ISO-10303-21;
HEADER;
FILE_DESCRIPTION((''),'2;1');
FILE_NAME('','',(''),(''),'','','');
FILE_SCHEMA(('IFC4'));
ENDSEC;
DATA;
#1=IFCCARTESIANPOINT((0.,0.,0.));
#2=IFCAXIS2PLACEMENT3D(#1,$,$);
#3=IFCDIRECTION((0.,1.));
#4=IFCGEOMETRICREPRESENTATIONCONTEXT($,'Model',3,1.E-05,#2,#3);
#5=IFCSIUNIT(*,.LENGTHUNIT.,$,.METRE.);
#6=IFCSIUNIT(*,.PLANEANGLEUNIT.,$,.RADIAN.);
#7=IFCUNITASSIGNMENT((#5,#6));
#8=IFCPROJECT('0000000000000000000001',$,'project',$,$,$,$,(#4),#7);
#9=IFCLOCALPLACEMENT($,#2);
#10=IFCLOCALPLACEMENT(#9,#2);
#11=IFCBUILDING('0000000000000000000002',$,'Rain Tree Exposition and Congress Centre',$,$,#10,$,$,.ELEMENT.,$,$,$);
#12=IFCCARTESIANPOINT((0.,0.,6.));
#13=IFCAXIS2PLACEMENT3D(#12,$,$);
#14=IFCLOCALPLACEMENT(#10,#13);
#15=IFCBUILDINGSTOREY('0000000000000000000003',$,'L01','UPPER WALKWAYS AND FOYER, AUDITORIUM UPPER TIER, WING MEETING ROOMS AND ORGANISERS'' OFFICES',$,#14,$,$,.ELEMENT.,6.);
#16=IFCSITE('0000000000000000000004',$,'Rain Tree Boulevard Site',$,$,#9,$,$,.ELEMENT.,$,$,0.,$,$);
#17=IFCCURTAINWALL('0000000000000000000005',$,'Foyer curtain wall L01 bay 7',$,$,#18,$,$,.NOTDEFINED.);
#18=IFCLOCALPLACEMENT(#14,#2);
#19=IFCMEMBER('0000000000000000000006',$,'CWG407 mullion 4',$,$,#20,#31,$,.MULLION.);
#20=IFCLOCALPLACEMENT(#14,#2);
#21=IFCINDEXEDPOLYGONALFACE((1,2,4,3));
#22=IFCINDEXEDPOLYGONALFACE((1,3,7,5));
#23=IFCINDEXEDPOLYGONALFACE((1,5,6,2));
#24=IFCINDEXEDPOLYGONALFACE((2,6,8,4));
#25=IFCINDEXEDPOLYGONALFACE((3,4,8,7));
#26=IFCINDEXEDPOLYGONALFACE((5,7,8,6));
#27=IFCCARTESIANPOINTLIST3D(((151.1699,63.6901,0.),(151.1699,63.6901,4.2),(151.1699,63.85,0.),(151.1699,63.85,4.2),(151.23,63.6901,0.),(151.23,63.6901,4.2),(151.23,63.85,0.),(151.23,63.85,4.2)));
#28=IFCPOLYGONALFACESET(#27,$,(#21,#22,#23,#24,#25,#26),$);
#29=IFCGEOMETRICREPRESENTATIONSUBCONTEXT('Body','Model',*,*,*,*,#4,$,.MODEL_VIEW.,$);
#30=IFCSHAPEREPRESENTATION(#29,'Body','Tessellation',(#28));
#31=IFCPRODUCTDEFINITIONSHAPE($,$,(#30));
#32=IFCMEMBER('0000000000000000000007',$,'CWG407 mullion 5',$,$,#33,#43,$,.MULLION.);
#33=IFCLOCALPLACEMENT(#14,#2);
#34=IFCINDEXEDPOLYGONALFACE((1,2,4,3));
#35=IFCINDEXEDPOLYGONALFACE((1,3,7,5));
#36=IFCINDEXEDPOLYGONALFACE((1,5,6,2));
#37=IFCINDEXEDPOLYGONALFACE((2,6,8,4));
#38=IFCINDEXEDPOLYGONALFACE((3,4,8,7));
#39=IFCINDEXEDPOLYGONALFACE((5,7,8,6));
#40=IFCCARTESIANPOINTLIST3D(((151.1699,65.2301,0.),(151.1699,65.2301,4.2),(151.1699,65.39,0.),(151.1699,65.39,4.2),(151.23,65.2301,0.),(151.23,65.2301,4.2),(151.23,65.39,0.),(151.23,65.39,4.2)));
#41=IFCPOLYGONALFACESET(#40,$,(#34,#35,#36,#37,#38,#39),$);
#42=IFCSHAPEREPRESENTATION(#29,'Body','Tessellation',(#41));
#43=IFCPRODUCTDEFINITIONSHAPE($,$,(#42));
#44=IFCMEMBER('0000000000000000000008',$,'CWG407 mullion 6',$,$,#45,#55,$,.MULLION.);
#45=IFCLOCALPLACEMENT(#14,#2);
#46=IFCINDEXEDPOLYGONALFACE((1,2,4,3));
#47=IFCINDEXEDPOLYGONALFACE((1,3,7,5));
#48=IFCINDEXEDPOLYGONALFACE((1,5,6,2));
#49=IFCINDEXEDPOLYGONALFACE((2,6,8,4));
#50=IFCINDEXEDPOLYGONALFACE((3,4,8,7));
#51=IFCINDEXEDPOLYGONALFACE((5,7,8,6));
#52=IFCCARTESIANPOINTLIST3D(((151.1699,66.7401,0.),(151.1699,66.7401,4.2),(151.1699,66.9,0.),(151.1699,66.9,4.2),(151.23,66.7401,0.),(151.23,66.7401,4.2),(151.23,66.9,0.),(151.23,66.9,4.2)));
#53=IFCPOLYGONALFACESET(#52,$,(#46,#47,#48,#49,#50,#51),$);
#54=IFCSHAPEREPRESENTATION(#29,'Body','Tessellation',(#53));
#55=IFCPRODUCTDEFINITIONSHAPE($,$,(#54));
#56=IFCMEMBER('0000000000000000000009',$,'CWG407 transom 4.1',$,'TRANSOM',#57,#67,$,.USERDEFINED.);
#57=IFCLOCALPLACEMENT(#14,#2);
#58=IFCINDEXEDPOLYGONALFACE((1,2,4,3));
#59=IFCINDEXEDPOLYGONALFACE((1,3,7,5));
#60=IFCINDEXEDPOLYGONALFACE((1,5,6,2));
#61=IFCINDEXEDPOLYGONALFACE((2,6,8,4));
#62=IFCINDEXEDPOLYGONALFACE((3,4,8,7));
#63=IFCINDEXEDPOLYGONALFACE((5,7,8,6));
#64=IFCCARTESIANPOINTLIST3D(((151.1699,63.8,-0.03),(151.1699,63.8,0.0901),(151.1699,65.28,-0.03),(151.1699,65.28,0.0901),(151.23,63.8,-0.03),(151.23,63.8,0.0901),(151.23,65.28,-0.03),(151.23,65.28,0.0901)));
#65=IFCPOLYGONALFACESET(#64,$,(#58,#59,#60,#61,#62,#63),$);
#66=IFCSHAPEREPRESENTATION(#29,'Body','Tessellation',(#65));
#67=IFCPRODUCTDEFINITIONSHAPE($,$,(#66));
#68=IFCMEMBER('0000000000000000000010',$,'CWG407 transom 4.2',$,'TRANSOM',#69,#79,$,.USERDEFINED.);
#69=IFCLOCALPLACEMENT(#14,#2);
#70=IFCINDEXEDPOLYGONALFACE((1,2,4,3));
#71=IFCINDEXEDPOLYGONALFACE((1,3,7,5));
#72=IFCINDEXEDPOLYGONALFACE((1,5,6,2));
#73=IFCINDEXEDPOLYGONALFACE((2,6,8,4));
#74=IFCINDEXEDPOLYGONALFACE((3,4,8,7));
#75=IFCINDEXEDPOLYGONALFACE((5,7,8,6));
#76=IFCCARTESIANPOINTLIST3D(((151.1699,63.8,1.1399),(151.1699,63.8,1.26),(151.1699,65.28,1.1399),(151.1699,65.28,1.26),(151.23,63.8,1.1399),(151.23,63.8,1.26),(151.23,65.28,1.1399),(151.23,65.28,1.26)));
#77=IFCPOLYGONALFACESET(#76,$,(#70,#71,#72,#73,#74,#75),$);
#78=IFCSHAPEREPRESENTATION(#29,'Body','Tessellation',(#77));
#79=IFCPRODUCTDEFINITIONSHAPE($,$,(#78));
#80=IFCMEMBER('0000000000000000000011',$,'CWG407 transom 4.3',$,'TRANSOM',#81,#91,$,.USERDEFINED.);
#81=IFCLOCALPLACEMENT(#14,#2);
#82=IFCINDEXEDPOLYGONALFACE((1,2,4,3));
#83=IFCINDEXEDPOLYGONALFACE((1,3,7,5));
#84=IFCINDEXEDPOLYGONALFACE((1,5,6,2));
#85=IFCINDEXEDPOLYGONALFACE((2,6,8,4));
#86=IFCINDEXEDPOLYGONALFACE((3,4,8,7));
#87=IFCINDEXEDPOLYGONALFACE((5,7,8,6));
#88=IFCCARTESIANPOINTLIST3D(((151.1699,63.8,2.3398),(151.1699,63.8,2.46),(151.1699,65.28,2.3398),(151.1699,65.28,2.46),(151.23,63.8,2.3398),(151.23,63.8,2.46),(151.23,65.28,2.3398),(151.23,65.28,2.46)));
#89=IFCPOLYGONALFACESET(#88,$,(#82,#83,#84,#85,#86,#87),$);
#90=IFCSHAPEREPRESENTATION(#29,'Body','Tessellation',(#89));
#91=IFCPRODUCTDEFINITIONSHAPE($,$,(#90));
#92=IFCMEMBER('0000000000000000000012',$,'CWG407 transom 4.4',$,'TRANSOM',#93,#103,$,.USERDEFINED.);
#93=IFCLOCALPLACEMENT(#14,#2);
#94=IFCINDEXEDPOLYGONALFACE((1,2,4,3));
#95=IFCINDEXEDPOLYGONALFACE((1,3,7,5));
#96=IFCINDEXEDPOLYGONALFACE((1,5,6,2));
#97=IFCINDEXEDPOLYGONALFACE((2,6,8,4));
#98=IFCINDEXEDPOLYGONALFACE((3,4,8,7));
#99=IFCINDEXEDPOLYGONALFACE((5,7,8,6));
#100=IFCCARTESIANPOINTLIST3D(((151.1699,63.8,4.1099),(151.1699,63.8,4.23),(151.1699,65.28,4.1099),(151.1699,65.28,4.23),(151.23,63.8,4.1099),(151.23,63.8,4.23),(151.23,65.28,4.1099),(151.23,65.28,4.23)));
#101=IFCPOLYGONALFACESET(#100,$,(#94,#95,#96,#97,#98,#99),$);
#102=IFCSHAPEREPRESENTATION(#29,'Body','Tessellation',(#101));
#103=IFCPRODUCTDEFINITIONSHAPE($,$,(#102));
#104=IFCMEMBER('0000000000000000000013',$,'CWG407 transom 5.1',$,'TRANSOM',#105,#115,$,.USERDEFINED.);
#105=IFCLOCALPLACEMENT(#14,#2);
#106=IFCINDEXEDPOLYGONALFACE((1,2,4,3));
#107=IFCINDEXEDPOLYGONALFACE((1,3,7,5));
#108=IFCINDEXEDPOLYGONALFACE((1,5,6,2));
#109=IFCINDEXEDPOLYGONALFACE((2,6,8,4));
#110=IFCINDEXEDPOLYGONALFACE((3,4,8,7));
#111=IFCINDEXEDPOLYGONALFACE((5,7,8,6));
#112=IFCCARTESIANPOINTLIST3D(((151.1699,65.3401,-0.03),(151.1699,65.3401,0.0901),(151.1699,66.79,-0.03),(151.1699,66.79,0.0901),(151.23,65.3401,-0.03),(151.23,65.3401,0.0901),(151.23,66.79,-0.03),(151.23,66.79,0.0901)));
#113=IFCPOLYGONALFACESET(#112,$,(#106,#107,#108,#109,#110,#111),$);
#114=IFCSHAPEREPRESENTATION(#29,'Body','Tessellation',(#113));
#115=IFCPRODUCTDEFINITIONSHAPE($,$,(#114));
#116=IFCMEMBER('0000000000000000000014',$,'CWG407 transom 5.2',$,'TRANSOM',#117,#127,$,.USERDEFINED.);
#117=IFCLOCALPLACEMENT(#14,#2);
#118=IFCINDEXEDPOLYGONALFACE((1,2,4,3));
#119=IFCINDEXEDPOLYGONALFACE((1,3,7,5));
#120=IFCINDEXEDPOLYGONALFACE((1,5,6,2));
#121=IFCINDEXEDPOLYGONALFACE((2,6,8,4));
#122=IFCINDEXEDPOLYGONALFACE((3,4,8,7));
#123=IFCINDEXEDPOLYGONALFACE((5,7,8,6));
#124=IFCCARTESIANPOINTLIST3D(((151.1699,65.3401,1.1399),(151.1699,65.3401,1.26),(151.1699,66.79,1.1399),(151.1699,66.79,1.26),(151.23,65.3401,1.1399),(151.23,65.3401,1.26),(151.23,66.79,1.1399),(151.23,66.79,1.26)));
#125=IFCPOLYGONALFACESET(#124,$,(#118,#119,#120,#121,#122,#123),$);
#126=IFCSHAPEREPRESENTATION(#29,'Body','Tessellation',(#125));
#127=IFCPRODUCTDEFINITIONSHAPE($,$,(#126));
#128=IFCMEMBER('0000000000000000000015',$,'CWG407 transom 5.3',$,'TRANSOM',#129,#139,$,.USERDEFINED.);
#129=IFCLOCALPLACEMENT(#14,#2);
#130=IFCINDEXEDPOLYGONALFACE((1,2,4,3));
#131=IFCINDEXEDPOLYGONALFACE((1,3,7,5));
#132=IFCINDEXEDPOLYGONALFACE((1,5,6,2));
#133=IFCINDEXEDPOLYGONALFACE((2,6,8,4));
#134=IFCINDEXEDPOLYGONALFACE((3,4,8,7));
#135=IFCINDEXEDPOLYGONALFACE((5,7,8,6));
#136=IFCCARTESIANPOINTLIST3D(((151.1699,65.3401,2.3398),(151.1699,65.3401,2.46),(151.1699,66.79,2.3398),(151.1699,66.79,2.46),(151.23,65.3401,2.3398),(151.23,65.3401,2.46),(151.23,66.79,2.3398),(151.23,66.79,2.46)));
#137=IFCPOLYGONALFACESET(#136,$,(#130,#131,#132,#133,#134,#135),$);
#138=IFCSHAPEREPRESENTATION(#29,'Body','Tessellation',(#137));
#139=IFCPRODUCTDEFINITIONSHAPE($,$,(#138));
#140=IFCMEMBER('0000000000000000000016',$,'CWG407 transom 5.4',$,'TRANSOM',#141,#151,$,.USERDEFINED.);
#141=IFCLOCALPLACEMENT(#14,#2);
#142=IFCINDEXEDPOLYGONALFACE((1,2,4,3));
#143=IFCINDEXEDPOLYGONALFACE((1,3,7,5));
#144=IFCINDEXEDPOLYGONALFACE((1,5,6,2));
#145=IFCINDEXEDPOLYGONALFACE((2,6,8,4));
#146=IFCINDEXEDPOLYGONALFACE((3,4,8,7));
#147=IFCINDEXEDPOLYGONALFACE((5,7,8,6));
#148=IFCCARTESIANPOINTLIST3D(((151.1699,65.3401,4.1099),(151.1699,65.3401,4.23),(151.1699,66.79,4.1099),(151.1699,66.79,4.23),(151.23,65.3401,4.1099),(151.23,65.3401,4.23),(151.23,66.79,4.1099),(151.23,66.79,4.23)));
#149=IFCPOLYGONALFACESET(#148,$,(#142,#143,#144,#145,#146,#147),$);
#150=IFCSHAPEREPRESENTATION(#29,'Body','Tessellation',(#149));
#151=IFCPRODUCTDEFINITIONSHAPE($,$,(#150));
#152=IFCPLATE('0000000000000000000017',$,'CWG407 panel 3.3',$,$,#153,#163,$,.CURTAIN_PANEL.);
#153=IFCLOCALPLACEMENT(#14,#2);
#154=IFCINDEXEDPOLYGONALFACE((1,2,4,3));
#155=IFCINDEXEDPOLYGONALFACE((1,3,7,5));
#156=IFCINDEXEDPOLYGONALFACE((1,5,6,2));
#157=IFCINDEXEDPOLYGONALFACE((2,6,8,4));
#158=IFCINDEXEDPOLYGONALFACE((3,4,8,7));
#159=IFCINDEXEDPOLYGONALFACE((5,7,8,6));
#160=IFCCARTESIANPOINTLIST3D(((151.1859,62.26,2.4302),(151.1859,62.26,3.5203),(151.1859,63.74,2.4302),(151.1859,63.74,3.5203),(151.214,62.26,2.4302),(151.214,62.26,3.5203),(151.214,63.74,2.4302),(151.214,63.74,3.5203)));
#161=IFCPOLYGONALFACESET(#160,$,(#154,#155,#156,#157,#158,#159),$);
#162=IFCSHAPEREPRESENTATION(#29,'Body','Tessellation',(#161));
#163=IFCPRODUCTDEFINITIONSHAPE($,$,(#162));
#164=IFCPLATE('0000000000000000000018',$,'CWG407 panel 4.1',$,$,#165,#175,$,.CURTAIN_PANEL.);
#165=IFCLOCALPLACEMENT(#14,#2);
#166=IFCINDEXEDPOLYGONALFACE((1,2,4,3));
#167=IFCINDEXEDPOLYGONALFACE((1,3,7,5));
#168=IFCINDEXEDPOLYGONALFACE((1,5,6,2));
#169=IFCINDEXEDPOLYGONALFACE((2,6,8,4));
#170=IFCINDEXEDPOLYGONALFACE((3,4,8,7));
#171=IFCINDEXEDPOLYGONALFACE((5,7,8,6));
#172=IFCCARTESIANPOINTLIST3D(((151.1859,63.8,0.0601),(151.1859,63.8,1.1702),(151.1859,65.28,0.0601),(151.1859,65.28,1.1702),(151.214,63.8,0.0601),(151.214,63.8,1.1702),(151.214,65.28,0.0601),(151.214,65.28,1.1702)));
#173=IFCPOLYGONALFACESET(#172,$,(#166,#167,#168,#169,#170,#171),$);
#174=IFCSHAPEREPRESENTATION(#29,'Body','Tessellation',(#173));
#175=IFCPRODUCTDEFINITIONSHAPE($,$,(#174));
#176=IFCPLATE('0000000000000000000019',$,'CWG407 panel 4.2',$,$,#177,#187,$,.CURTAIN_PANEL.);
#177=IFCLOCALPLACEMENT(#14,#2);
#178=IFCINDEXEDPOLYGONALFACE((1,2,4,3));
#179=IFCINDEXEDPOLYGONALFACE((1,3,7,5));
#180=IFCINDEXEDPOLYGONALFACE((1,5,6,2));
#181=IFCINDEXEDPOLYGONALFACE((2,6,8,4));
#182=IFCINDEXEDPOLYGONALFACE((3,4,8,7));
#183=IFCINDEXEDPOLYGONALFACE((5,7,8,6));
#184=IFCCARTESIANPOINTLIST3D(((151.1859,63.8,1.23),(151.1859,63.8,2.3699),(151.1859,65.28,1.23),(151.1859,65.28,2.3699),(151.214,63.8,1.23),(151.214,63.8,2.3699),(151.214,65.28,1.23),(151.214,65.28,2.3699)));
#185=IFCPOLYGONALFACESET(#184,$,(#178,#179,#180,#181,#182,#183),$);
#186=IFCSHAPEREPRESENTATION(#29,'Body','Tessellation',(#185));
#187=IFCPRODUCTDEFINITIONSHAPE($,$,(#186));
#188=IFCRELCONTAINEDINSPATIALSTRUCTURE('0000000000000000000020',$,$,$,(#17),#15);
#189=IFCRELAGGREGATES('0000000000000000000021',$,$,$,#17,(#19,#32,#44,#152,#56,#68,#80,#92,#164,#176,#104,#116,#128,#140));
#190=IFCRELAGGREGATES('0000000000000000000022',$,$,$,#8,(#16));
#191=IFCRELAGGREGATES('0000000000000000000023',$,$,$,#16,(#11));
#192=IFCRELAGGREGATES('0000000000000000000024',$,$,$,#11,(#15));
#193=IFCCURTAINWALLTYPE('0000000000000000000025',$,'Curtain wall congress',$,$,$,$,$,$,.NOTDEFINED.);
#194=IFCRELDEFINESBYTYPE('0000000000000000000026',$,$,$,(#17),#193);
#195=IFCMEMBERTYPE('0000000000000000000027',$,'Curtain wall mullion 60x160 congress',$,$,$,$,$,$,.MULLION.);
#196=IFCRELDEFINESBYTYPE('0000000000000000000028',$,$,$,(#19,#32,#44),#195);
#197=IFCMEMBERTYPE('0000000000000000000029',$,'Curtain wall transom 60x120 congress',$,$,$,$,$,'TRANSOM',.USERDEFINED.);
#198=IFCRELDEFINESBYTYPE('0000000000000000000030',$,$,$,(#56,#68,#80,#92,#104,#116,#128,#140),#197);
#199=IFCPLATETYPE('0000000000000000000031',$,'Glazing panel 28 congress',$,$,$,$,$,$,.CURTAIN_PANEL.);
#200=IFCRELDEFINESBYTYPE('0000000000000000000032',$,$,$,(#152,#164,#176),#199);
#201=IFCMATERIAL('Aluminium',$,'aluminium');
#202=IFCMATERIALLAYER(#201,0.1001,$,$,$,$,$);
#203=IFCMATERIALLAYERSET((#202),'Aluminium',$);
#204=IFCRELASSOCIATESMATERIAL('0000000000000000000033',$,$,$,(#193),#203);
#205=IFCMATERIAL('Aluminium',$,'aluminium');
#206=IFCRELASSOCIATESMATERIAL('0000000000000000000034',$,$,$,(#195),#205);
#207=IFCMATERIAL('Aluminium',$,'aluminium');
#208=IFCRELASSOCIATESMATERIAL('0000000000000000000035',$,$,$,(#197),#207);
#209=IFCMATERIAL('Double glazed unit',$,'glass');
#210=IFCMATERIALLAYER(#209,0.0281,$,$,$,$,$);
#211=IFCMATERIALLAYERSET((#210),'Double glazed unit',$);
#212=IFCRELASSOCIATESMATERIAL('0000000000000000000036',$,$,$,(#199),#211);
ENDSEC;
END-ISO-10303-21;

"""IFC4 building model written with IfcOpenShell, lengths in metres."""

from ifc_helpers import new_model, si_unit, direction, frame, origin, origin_2d, place, context, subcontext, project, spatial, rectangle, extrude, material, layer, layer_set, material_profile, profile_set, type_object, element, aggregate, save


model = new_model("IFC4")

# Units and contexts
model_context = context("Model", 3, precision=1e-05, world=origin(), true_north=direction((0.0, 1.0)))
body_context = subcontext(model_context, "Body", "Model", "MODEL_VIEW")
ifc_project = project(units=[si_unit("LENGTHUNIT", "METRE"), si_unit("PLANEANGLEUNIT", "RADIAN")], contexts=[model_context])

# Site, building, storey
site_placement = place(None, origin())
site = spatial("IfcSite", under=ifc_project, at=site_placement, Name="Rain Tree Boulevard Site", CompositionType="ELEMENT", RefElevation=0.0)
building_placement = place(site_placement, origin())
building = spatial("IfcBuilding", under=site, at=building_placement, Name="Rain Tree Exposition and Congress Centre", CompositionType="ELEMENT")
storey_placement = place(building_placement, frame((0.0, 0.0, 6.0)))
storey = spatial("IfcBuildingStorey", under=building, at=storey_placement, Name="L01", Description="UPPER WALKWAYS AND FOYER, AUDITORIUM UPPER TIER, WING MEETING ROOMS AND ORGANISERS' OFFICES", CompositionType="ELEMENT", Elevation=6.0)

# Curtain wall, members, plates
ifc_material_1 = material(Name="Aluminium", Category="aluminium")
ifc_layer_1 = layer(ifc_material_1, 0.1001)
ifc_layer_set_1 = layer_set([ifc_layer_1], Name="Aluminium")
curtain_wall_type = type_object("IfcCurtainWallType", Name="Curtain wall congress", PredefinedType="NOTDEFINED", material=ifc_layer_set_1)
curtain_wall_placement = place(storey_placement, origin())
curtain_wall = element("IfcCurtainWall", 1, at=curtain_wall_placement, inside=storey, type_object=curtain_wall_type, Name="Foyer curtain wall L01 bay 7", PredefinedType="NOTDEFINED")
ifc_material_2 = material(Name="Aluminium", Category="aluminium")
ifc_material_profile_1 = material_profile(ifc_material_2, rectangle(XDim=0.0601, YDim=0.1599, at=origin_2d()), Name="AL 60x160")
ifc_profile_set_1 = profile_set([ifc_material_profile_1], Name="Aluminium")
member_type_1 = type_object("IfcMemberType", Name="Curtain wall mullion 60x160 congress", PredefinedType="MULLION", material=ifc_profile_set_1)
member_1_placement = place(storey_placement, frame((151.2, 63.77, 0.0), z_axis=(0.0, 0.0, 1.0), x_axis=(-1.0, 0.0, 0.0)))
member_1 = element("IfcMember", 2, at=member_1_placement, type_object=member_type_1, Name="CWG407 mullion 4", PredefinedType="MULLION", context=body_context, shape_type="SweptSolid", body=[
    extrude(rectangle(XDim=0.0601, YDim=0.1599, at=origin_2d()), origin(), (0.0, 0.0, 1.0), 4.2),
])
member_2_placement = place(storey_placement, frame((151.2, 65.3101, 0.0), z_axis=(0.0, 0.0, 1.0), x_axis=(-1.0, 0.0, 0.0)))
member_2 = element("IfcMember", 3, at=member_2_placement, type_object=member_type_1, Name="CWG407 mullion 5", PredefinedType="MULLION", context=body_context, shape_type="SweptSolid", body=[
    extrude(rectangle(XDim=0.0601, YDim=0.1599, at=origin_2d()), origin(), (0.0, 0.0, 1.0), 4.2),
])
member_3_placement = place(storey_placement, frame((151.2, 66.8201, 0.0), z_axis=(0.0, 0.0, 1.0), x_axis=(-1.0, 0.0, 0.0)))
member_3 = element("IfcMember", 4, at=member_3_placement, type_object=member_type_1, Name="CWG407 mullion 6", PredefinedType="MULLION", context=body_context, shape_type="SweptSolid", body=[
    extrude(rectangle(XDim=0.0601, YDim=0.1599, at=origin_2d()), origin(), (0.0, 0.0, 1.0), 4.2),
])
ifc_material_3 = material(Name="Aluminium", Category="aluminium")
ifc_material_profile_2 = material_profile(ifc_material_3, rectangle(XDim=0.0601, YDim=0.1201, at=origin_2d()), Name="AL 60x120")
ifc_profile_set_2 = profile_set([ifc_material_profile_2], Name="Aluminium")
member_type_2 = type_object("IfcMemberType", Name="Curtain wall transom 60x120 congress", ElementType="TRANSOM", PredefinedType="USERDEFINED", material=ifc_profile_set_2)
member_4_placement = place(storey_placement, frame((151.2, 63.8, 0.03), z_axis=(0.0, 1.0, 0.0), x_axis=(-1.0, 0.0, 0.0)))
member_4 = element("IfcMember", 5, at=member_4_placement, type_object=member_type_2, Name="CWG407 transom 4.1", ObjectType="TRANSOM", PredefinedType="USERDEFINED", context=body_context, shape_type="SweptSolid", body=[
    extrude(rectangle(XDim=0.0601, YDim=0.1201, at=origin_2d()), origin(), (0.0, 0.0, 1.0), 1.48),
])
member_5_placement = place(storey_placement, frame((151.2, 63.8, 1.2), z_axis=(0.0, 1.0, 0.0), x_axis=(-1.0, 0.0, 0.0)))
member_5 = element("IfcMember", 6, at=member_5_placement, type_object=member_type_2, Name="CWG407 transom 4.2", ObjectType="TRANSOM", PredefinedType="USERDEFINED", context=body_context, shape_type="SweptSolid", body=[
    extrude(rectangle(XDim=0.0601, YDim=0.1201, at=origin_2d()), origin(), (0.0, 0.0, 1.0), 1.48),
])
member_6_placement = place(storey_placement, frame((151.2, 63.8, 2.3999), z_axis=(0.0, 1.0, 0.0), x_axis=(-1.0, 0.0, 0.0)))
member_6 = element("IfcMember", 7, at=member_6_placement, type_object=member_type_2, Name="CWG407 transom 4.3", ObjectType="TRANSOM", PredefinedType="USERDEFINED", context=body_context, shape_type="SweptSolid", body=[
    extrude(rectangle(XDim=0.0601, YDim=0.1201, at=origin_2d()), origin(), (0.0, 0.0, 1.0), 1.48),
])
member_7_placement = place(storey_placement, frame((151.2, 63.8, 4.1699), z_axis=(0.0, 1.0, 0.0), x_axis=(-1.0, 0.0, 0.0)))
member_7 = element("IfcMember", 8, at=member_7_placement, type_object=member_type_2, Name="CWG407 transom 4.4", ObjectType="TRANSOM", PredefinedType="USERDEFINED", context=body_context, shape_type="SweptSolid", body=[
    extrude(rectangle(XDim=0.0601, YDim=0.1201, at=origin_2d()), origin(), (0.0, 0.0, 1.0), 1.48),
])
member_8_placement = place(storey_placement, frame((151.2, 65.3401, 0.03), z_axis=(0.0, 1.0, 0.0), x_axis=(-1.0, 0.0, 0.0)))
member_8 = element("IfcMember", 9, at=member_8_placement, type_object=member_type_2, Name="CWG407 transom 5.1", ObjectType="TRANSOM", PredefinedType="USERDEFINED", context=body_context, shape_type="SweptSolid", body=[
    extrude(rectangle(XDim=0.0601, YDim=0.1201, at=origin_2d()), origin(), (0.0, 0.0, 1.0), 1.45),
])
member_9_placement = place(storey_placement, frame((151.2, 65.3401, 1.2), z_axis=(0.0, 1.0, 0.0), x_axis=(-1.0, 0.0, 0.0)))
member_9 = element("IfcMember", 10, at=member_9_placement, type_object=member_type_2, Name="CWG407 transom 5.2", ObjectType="TRANSOM", PredefinedType="USERDEFINED", context=body_context, shape_type="SweptSolid", body=[
    extrude(rectangle(XDim=0.0601, YDim=0.1201, at=origin_2d()), origin(), (0.0, 0.0, 1.0), 1.45),
])
member_10_placement = place(storey_placement, frame((151.2, 65.3401, 2.3999), z_axis=(0.0, 1.0, 0.0), x_axis=(-1.0, 0.0, 0.0)))
member_10 = element("IfcMember", 11, at=member_10_placement, type_object=member_type_2, Name="CWG407 transom 5.3", ObjectType="TRANSOM", PredefinedType="USERDEFINED", context=body_context, shape_type="SweptSolid", body=[
    extrude(rectangle(XDim=0.0601, YDim=0.1201, at=origin_2d()), origin(), (0.0, 0.0, 1.0), 1.45),
])
member_11_placement = place(storey_placement, frame((151.2, 65.3401, 4.1699), z_axis=(0.0, 1.0, 0.0), x_axis=(-1.0, 0.0, 0.0)))
member_11 = element("IfcMember", 12, at=member_11_placement, type_object=member_type_2, Name="CWG407 transom 5.4", ObjectType="TRANSOM", PredefinedType="USERDEFINED", context=body_context, shape_type="SweptSolid", body=[
    extrude(rectangle(XDim=0.0601, YDim=0.1201, at=origin_2d()), origin(), (0.0, 0.0, 1.0), 1.45),
])
ifc_material_4 = material(Name="Double glazed unit", Category="glass")
ifc_layer_2 = layer(ifc_material_4, 0.0281)
ifc_layer_set_2 = layer_set([ifc_layer_2], Name="Double glazed unit")
plate_type = type_object("IfcPlateType", Name="Glazing panel 28 congress", PredefinedType="CURTAIN_PANEL", material=ifc_layer_set_2)
plate_1_placement = place(storey_placement, frame((151.2, 63.0, 2.4302), z_axis=(0.0, 0.0, 1.0), x_axis=(0.0, 1.0, 0.0)))
plate_1 = element("IfcPlate", 13, at=plate_1_placement, type_object=plate_type, Name="CWG407 panel 3.3", PredefinedType="CURTAIN_PANEL", context=body_context, shape_type="SweptSolid", body=[
    extrude(rectangle(XDim=1.48, YDim=0.0281, at=origin_2d()), origin(), (0.0, 0.0, 1.0), 1.0901),
])
plate_2_placement = place(storey_placement, frame((151.2, 64.54, 0.0601), z_axis=(0.0, 0.0, 1.0), x_axis=(0.0, 1.0, 0.0)))
plate_2 = element("IfcPlate", 14, at=plate_2_placement, type_object=plate_type, Name="CWG407 panel 4.1", PredefinedType="CURTAIN_PANEL", context=body_context, shape_type="SweptSolid", body=[
    extrude(rectangle(XDim=1.48, YDim=0.0281, at=origin_2d()), origin(), (0.0, 0.0, 1.0), 1.1101),
])
plate_3_placement = place(storey_placement, frame((151.2, 64.54, 1.23), z_axis=(0.0, 0.0, 1.0), x_axis=(0.0, 1.0, 0.0)))
plate_3 = element("IfcPlate", 15, at=plate_3_placement, type_object=plate_type, Name="CWG407 panel 4.2", PredefinedType="CURTAIN_PANEL", context=body_context, shape_type="SweptSolid", body=[
    extrude(rectangle(XDim=1.48, YDim=0.0281, at=origin_2d()), origin(), (0.0, 0.0, 1.0), 1.1399),
])
aggregate(curtain_wall, [member_1, member_2, member_3, plate_1, member_4, member_5, member_6, member_7, plate_2, plate_3, member_8, member_9, member_10, member_11])

save(model, "model.ifc")
